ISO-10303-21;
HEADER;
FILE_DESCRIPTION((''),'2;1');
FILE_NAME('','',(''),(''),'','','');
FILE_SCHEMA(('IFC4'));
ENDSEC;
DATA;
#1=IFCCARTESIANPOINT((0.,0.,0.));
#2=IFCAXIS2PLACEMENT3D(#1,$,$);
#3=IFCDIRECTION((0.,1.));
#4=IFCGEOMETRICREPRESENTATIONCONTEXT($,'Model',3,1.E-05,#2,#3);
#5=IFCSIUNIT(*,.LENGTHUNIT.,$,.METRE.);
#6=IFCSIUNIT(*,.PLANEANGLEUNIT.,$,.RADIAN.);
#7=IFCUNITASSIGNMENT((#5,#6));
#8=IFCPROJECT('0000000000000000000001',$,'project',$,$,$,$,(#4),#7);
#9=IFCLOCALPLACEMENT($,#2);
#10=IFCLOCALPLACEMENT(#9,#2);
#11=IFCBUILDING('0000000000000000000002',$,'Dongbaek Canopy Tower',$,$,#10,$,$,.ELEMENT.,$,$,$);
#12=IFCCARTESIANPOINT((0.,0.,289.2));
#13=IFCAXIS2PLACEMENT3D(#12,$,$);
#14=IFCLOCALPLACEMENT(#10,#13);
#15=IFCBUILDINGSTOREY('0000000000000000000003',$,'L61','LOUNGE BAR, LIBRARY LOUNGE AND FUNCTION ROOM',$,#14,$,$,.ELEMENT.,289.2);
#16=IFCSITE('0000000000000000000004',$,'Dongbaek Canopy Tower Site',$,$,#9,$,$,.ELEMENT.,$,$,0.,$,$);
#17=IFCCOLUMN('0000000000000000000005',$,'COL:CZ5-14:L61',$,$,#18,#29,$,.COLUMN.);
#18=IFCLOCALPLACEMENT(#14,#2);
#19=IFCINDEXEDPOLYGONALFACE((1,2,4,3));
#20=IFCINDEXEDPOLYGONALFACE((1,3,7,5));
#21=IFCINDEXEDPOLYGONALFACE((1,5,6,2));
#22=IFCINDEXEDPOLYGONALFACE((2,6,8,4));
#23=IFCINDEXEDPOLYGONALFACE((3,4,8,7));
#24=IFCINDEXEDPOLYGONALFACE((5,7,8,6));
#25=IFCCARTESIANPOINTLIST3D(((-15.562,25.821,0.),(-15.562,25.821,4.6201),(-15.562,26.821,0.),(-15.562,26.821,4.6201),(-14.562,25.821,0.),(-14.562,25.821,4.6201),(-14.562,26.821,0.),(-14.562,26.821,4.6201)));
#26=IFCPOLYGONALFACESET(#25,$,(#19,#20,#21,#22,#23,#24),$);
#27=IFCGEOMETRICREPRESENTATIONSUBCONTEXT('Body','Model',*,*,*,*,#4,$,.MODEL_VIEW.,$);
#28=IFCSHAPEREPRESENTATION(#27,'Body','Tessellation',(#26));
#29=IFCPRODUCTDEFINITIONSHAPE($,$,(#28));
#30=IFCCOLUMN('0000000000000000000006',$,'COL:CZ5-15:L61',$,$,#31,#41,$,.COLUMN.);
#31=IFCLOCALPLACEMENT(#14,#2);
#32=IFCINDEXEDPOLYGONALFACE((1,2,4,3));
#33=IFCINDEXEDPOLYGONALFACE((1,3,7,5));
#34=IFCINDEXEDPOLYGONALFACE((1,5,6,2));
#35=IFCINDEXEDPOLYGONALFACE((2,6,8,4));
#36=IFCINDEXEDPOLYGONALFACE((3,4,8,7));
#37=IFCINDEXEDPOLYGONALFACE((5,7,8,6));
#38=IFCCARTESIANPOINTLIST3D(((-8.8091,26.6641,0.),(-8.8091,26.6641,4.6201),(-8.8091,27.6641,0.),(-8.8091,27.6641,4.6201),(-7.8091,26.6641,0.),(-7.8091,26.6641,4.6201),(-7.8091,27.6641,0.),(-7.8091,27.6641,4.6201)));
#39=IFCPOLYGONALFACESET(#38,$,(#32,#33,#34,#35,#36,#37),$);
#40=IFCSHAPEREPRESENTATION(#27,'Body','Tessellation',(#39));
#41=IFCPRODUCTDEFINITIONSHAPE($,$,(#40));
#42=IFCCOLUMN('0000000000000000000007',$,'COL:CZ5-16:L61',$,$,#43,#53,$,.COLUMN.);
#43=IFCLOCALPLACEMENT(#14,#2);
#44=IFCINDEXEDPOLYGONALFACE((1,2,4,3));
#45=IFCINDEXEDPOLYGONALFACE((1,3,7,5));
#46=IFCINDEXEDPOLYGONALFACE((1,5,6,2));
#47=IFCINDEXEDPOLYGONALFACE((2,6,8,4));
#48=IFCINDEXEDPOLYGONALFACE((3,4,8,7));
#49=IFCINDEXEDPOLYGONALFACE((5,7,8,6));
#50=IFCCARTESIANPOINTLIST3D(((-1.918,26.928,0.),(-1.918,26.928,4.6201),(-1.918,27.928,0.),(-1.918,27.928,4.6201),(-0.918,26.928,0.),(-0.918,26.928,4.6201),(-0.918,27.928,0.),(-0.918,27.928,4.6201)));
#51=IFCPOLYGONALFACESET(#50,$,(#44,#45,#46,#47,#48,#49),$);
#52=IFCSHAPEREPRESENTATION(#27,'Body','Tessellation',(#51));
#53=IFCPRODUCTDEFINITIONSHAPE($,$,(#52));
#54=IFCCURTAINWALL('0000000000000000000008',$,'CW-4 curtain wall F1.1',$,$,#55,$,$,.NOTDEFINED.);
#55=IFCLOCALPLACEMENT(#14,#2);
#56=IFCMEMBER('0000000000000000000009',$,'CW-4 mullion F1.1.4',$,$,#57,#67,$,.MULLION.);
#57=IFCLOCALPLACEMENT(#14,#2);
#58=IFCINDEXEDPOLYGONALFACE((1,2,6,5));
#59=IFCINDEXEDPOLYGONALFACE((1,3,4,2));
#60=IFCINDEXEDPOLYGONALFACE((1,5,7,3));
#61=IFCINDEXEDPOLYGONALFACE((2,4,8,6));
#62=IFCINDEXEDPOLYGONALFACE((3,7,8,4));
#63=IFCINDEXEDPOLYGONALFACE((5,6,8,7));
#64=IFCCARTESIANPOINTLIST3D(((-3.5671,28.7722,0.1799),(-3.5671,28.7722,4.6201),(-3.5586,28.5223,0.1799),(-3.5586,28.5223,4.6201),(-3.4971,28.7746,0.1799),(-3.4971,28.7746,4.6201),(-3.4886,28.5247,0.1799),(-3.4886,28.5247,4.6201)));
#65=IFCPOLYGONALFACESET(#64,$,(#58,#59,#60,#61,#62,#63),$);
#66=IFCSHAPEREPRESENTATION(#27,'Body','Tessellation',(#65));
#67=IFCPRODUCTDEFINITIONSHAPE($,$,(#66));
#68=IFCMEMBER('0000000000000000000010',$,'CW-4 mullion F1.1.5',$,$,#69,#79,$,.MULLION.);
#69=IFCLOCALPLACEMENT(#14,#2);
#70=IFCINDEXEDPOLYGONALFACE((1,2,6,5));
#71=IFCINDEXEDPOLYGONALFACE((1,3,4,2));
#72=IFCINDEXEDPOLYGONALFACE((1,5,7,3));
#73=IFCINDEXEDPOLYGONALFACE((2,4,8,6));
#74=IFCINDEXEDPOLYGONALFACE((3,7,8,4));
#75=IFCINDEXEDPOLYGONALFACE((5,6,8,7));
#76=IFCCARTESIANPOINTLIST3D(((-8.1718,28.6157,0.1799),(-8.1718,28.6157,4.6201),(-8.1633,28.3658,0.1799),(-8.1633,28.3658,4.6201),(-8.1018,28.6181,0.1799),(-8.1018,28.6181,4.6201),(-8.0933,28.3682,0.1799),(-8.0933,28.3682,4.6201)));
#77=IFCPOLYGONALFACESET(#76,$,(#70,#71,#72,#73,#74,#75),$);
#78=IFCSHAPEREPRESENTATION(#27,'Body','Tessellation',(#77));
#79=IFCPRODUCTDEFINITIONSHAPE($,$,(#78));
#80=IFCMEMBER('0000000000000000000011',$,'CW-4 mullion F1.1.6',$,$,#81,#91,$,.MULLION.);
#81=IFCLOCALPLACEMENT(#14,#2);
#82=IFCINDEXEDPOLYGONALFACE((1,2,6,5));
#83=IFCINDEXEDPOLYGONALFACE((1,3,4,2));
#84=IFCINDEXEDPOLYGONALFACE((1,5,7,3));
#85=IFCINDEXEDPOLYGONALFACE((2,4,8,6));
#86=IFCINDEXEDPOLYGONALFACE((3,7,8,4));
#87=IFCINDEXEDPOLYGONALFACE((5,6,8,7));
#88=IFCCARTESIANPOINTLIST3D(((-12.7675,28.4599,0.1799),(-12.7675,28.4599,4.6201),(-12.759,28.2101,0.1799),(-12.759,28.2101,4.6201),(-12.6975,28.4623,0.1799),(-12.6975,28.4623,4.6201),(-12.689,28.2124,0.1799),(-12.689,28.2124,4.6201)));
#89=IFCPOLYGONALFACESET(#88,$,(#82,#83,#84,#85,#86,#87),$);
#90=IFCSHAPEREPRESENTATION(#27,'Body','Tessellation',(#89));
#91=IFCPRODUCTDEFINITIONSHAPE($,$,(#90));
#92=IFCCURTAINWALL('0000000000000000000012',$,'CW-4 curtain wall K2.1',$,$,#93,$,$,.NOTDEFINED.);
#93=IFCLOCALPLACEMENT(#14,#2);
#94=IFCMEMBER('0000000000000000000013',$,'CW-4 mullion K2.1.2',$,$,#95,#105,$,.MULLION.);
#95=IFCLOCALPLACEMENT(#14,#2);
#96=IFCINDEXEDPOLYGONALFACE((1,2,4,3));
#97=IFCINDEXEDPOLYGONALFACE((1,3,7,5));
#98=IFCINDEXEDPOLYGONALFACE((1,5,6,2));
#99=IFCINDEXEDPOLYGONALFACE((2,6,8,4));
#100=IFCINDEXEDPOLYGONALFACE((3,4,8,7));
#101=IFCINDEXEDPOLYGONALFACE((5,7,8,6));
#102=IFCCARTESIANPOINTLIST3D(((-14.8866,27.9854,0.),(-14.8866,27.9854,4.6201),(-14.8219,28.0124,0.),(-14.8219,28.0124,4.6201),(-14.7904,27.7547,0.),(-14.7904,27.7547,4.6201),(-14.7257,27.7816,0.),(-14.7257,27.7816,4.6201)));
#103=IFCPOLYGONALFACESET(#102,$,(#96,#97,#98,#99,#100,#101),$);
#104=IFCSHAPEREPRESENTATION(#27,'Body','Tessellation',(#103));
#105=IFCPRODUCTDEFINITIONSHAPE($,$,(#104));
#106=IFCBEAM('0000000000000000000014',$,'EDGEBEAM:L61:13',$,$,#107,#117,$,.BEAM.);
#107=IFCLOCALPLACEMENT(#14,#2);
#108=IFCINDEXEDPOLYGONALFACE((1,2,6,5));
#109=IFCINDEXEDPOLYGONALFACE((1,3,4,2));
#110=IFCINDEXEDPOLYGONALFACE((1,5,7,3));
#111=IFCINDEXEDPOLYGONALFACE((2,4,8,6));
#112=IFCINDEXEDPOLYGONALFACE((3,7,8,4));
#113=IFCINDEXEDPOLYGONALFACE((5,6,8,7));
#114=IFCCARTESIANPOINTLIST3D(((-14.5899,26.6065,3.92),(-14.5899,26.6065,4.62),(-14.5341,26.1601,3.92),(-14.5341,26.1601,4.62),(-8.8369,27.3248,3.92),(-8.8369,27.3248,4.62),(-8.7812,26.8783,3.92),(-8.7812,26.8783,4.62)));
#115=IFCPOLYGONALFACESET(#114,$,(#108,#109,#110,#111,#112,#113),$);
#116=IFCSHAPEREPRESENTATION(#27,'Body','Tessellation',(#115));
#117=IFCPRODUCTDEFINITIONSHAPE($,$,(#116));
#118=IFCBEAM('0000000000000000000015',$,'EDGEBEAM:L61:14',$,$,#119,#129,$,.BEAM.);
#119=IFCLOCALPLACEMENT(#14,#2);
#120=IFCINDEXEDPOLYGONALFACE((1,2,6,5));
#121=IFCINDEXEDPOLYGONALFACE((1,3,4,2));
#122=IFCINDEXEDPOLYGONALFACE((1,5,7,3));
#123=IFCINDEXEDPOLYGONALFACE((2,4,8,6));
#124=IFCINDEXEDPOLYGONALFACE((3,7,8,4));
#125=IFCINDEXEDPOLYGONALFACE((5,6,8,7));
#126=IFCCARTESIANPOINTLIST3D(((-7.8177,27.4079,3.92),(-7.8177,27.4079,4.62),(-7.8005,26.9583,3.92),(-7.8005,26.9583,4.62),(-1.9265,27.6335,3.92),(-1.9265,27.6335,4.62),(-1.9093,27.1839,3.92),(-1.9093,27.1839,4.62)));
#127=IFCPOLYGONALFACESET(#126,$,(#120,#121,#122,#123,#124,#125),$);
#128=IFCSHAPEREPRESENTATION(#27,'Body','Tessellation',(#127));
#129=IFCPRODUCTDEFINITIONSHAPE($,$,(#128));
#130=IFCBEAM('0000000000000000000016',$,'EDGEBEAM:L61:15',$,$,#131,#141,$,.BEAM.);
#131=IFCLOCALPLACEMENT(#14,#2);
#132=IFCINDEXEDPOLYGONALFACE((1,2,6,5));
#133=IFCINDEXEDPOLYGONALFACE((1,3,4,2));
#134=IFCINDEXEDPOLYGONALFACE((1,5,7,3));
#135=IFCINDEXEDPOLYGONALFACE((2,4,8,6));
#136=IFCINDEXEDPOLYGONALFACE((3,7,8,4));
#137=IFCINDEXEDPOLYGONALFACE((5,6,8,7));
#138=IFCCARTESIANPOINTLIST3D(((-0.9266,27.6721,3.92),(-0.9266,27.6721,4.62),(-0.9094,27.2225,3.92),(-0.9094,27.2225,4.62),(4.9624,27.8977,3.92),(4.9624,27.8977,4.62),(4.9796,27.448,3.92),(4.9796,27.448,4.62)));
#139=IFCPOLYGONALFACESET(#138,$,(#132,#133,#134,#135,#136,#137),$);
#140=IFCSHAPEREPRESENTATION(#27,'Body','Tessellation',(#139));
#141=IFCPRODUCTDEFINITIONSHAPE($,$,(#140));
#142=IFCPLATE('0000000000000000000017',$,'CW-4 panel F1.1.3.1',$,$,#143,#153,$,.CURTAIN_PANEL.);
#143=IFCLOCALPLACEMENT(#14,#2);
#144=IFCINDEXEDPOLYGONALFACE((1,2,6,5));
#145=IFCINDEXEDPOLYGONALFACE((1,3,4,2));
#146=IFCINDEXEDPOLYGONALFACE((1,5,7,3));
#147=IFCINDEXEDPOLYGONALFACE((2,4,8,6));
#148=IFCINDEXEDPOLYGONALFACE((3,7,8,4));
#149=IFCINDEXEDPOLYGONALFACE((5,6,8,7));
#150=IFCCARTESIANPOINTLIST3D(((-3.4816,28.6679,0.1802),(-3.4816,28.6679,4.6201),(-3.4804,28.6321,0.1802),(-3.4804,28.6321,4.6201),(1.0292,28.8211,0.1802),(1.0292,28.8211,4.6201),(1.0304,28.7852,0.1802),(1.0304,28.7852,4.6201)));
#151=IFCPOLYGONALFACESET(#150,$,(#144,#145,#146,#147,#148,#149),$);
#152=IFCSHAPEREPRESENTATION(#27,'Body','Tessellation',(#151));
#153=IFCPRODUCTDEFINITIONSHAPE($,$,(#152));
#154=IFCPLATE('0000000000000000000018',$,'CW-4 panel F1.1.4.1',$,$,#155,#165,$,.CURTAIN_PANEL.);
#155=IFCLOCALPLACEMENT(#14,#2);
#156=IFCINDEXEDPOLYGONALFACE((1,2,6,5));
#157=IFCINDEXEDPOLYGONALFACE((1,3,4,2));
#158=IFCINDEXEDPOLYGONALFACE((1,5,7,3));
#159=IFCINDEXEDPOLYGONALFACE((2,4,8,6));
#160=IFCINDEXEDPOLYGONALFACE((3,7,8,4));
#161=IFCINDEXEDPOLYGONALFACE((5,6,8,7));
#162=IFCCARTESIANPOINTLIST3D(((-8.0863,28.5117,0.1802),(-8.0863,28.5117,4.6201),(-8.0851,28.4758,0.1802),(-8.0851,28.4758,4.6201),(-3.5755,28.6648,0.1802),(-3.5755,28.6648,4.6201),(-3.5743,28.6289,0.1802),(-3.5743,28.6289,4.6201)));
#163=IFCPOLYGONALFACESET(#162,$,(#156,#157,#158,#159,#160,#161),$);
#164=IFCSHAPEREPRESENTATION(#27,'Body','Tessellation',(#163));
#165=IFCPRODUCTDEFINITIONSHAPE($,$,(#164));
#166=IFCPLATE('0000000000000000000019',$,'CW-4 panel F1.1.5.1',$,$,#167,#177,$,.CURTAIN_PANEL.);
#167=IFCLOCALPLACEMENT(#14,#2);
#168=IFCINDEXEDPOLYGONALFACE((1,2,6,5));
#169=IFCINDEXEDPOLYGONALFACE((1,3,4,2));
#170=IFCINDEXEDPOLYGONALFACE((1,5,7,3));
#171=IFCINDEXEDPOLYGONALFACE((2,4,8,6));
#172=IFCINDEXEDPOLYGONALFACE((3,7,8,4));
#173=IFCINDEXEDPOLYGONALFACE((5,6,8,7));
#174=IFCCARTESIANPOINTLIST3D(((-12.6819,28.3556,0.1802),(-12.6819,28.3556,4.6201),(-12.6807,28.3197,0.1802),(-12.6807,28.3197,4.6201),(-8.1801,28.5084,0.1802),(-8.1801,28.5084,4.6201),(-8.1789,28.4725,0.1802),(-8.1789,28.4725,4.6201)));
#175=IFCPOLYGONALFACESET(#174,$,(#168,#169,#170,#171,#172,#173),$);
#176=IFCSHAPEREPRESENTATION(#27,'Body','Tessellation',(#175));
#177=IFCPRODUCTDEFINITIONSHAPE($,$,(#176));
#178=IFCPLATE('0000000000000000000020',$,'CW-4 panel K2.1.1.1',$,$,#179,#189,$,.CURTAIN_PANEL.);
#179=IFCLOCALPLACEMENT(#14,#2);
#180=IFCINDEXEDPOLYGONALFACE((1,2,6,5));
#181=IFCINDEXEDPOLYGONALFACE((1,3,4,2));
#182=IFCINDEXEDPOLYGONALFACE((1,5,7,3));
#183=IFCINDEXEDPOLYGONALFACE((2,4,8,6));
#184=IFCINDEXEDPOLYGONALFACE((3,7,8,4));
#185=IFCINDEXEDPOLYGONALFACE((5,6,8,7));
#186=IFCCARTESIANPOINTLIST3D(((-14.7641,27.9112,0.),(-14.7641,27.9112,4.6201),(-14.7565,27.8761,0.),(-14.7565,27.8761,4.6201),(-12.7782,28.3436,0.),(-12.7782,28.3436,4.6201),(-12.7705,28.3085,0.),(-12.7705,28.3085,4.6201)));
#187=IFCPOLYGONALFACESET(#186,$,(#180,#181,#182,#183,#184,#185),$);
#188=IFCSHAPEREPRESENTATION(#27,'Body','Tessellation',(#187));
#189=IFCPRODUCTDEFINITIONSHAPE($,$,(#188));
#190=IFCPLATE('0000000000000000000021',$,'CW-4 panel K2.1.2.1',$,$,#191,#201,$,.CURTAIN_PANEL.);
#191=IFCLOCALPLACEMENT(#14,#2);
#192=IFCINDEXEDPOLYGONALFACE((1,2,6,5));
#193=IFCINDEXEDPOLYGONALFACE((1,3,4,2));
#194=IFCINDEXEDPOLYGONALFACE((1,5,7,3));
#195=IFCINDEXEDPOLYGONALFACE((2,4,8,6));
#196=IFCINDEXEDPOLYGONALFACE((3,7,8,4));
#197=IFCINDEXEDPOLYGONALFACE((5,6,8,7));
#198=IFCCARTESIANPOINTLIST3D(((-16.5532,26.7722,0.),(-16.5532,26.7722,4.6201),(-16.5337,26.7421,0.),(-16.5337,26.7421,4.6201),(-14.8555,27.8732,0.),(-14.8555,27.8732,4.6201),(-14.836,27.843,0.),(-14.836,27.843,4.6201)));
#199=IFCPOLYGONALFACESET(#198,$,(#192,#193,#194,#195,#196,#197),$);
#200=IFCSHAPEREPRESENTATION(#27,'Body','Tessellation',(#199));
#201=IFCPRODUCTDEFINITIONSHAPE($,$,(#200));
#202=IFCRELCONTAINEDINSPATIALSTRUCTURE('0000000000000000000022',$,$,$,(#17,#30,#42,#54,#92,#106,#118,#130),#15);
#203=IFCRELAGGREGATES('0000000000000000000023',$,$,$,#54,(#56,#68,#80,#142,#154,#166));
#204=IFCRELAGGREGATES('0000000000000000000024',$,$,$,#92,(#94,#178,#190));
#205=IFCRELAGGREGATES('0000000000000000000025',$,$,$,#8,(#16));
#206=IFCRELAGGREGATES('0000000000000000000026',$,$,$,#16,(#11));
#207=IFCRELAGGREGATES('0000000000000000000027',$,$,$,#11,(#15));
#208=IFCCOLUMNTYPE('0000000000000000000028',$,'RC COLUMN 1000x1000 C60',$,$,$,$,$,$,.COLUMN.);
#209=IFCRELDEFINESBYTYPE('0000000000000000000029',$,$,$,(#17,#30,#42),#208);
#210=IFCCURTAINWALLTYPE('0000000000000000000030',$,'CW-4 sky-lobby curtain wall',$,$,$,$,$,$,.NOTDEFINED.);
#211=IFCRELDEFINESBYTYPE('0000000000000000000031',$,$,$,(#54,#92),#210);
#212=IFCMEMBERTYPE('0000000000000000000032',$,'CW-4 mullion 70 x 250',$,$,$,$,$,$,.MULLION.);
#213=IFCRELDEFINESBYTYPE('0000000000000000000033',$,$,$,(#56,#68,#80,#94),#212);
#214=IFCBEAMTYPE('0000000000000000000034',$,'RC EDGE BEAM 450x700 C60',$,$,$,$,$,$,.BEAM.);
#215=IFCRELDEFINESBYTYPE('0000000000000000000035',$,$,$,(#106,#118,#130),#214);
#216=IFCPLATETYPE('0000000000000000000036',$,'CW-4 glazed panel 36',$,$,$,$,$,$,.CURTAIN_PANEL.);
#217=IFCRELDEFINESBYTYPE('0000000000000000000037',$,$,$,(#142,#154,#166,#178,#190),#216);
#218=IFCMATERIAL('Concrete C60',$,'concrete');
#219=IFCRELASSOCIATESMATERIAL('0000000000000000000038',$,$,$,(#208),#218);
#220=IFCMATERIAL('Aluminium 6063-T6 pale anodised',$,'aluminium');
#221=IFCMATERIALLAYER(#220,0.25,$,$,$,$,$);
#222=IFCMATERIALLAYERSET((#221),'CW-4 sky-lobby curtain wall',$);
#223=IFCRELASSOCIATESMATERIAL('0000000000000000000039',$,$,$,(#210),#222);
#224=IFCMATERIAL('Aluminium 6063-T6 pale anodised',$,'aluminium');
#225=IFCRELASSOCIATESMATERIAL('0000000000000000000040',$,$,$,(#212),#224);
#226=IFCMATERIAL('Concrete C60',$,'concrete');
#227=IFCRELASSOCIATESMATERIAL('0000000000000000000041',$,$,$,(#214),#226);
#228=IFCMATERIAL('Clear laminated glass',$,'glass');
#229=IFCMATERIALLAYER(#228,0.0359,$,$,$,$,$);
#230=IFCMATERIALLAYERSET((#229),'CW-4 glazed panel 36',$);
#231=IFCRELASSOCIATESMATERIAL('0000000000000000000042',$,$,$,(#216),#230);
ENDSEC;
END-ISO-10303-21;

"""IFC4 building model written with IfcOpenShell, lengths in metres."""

from ifc_helpers import new_model, si_unit, direction, frame, origin, origin_2d, place, context, subcontext, project, spatial, rectangle, extrude, material, layer, layer_set, material_profile, profile_set, type_object, element, aggregate, save


model = new_model("IFC4")

# Units and contexts
model_context = context("Model", 3, precision=1e-05, world=origin(), true_north=direction((0.0, 1.0)))
body_context = subcontext(model_context, "Body", "Model", "MODEL_VIEW")
ifc_project = project(units=[si_unit("LENGTHUNIT", "METRE"), si_unit("PLANEANGLEUNIT", "RADIAN")], contexts=[model_context])

# Site, building, storey
site_placement = place(None, origin())
site = spatial("IfcSite", under=ifc_project, at=site_placement, Name="Dongbaek Canopy Tower Site", CompositionType="ELEMENT", RefElevation=0.0)
building_placement = place(site_placement, origin())
building = spatial("IfcBuilding", under=site, at=building_placement, Name="Dongbaek Canopy Tower", CompositionType="ELEMENT")
storey_placement = place(building_placement, frame((0.0, 0.0, 289.2)))
storey = spatial("IfcBuildingStorey", under=building, at=storey_placement, Name="L61", Description="LOUNGE BAR, LIBRARY LOUNGE AND FUNCTION ROOM", CompositionType="ELEMENT", Elevation=289.2)

# Columns
ifc_material_1 = material(Name="Concrete C60", Category="concrete")
ifc_material_profile_1 = material_profile(ifc_material_1, rectangle(XDim=1.0, YDim=1.0, at=origin_2d()), Name="RC COLUMN 1000x1000 C60")
ifc_profile_set_1 = profile_set([ifc_material_profile_1], Name="Concrete C60")
column_type = type_object("IfcColumnType", Name="RC COLUMN 1000x1000 C60", PredefinedType="COLUMN", material=ifc_profile_set_1)
for number, where, z_axis, x_axis, name in (
    (1, (-15.062, 26.321, 0.0), (0.0, 0.0, 1.0), (1.0, 0.0, 0.0), "COL:CZ5-14:L61"),
    (2, (-8.3091, 27.1641, 0.0), (0.0, 0.0, 1.0), (1.0, 0.0, 0.0), "COL:CZ5-15:L61"),
    (3, (-1.418, 27.428, 0.0), (0.0, 0.0, 1.0), (1.0, 0.0, 0.0), "COL:CZ5-16:L61"),
):
    element("IfcColumn", number, at=place(storey_placement, frame(where, z_axis=z_axis, x_axis=x_axis)), inside=storey, type_object=column_type, Name=name, PredefinedType="COLUMN", context=body_context, shape_type="SweptSolid", body=[
        extrude(rectangle(XDim=1.0, YDim=1.0, at=origin_2d()), origin(), (0.0, 0.0, 1.0), 4.6201),
    ])

# Curtain wall, members
ifc_material_2 = material(Name="Aluminium 6063-T6 pale anodised", Category="aluminium")
ifc_layer_1 = layer(ifc_material_2, 0.25)
ifc_layer_set_1 = layer_set([ifc_layer_1], Name="CW-4 sky-lobby curtain wall")
curtain_wall_type = type_object("IfcCurtainWallType", Name="CW-4 sky-lobby curtain wall", PredefinedType="NOTDEFINED", material=ifc_layer_set_1)
curtain_wall_1_placement = place(storey_placement, origin())
curtain_wall_1 = element("IfcCurtainWall", 4, at=curtain_wall_1_placement, inside=storey, type_object=curtain_wall_type, Name="CW-4 curtain wall F1.1", PredefinedType="NOTDEFINED")
ifc_material_3 = material(Name="Aluminium 6063-T6 pale anodised", Category="aluminium")
ifc_material_profile_2 = material_profile(ifc_material_3, rectangle(XDim=0.25, YDim=0.0701, at=origin_2d()), Name="CW-4 mullion 70 x 250")
ifc_profile_set_2 = profile_set([ifc_material_profile_2], Name="Aluminium 6063-T6 pale anodised")
member_type = type_object("IfcMemberType", Name="CW-4 mullion 70 x 250", PredefinedType="MULLION", material=ifc_profile_set_2)
member_1_placement = place(storey_placement, frame((-3.5278, 28.6484, 0.1799), z_axis=(0.0, 0.0, 1.0), x_axis=(-0.033923, 0.999424, 0.0)))
member_1 = element("IfcMember", 5, at=member_1_placement, type_object=member_type, Name="CW-4 mullion F1.1.4", PredefinedType="MULLION", context=body_context, shape_type="SweptSolid", body=[
    extrude(rectangle(XDim=0.25, YDim=0.0701, at=origin_2d()), origin(), (0.0, 0.0, 1.0), 4.4402),
])
member_2_placement = place(storey_placement, frame((-8.1326, 28.4919, 0.1799), z_axis=(0.0, 0.0, 1.0), x_axis=(-0.033923, 0.999424, 0.0)))
member_2 = element("IfcMember", 6, at=member_2_placement, type_object=member_type, Name="CW-4 mullion F1.1.5", PredefinedType="MULLION", context=body_context, shape_type="SweptSolid", body=[
    extrude(rectangle(XDim=0.25, YDim=0.0701, at=origin_2d()), origin(), (0.0, 0.0, 1.0), 4.4402),
])
member_3_placement = place(storey_placement, frame((-12.7283, 28.3362, 0.1799), z_axis=(0.0, 0.0, 1.0), x_axis=(-0.033923, 0.999424, 0.0)))
member_3 = element("IfcMember", 7, at=member_3_placement, type_object=member_type, Name="CW-4 mullion F1.1.6", PredefinedType="MULLION", context=body_context, shape_type="SweptSolid", body=[
    extrude(rectangle(XDim=0.25, YDim=0.0701, at=origin_2d()), origin(), (0.0, 0.0, 1.0), 4.4402),
])

# Curtain wall, member
curtain_wall_2_placement = place(storey_placement, origin())
curtain_wall_2 = element("IfcCurtainWall", 8, at=curtain_wall_2_placement, inside=storey, type_object=curtain_wall_type, Name="CW-4 curtain wall K2.1", PredefinedType="NOTDEFINED")
member_4_placement = place(storey_placement, frame((-14.8062, 27.8835, 0.0), z_axis=(0.0, 0.0, 1.0), x_axis=(-0.384679, 0.92305, 0.0)))
member_4 = element("IfcMember", 9, at=member_4_placement, type_object=member_type, Name="CW-4 mullion K2.1.2", PredefinedType="MULLION", context=body_context, shape_type="SweptSolid", body=[
    extrude(rectangle(XDim=0.25, YDim=0.0701, at=origin_2d()), origin(), (0.0, 0.0, 1.0), 4.6201),
])

# Beams
ifc_material_4 = material(Name="Concrete C60", Category="concrete")
ifc_material_profile_3 = material_profile(ifc_material_4, rectangle(XDim=0.45, YDim=0.7, at=origin_2d()), Name="RC EDGE BEAM 450x700 C60")
ifc_profile_set_3 = profile_set([ifc_material_profile_3], Name="Concrete C60")
beam_type = type_object("IfcBeamType", Name="RC EDGE BEAM 450x700 C60", PredefinedType="BEAM", material=ifc_profile_set_3)
beam_1_placement = place(storey_placement, frame((-14.562, 26.3833, 4.27), z_axis=(0.992296, 0.12389, 0.0), x_axis=(-0.12389, 0.992296, 0.0)))
element("IfcBeam", 10, at=beam_1_placement, inside=storey, type_object=beam_type, Name="EDGEBEAM:L61:13", PredefinedType="BEAM", context=body_context, shape_type="SweptSolid", body=[
    extrude(rectangle(XDim=0.45, YDim=0.7, at=origin_2d()), origin(), (0.0, 0.0, 1.0), 5.7976),
])
beam_2_placement = place(storey_placement, frame((-7.8091, 27.1831, 4.27), z_axis=(0.999268, 0.038265, 0.0), x_axis=(-0.038265, 0.999268, 0.0)))
element("IfcBeam", 11, at=beam_2_placement, inside=storey, type_object=beam_type, Name="EDGEBEAM:L61:14", PredefinedType="BEAM", context=body_context, shape_type="SweptSolid", body=[
    extrude(rectangle(XDim=0.45, YDim=0.7, at=origin_2d()), origin(), (0.0, 0.0, 1.0), 5.8955),
])
beam_3_placement = place(storey_placement, frame((-0.918, 27.4473, 4.27), z_axis=(0.999267, 0.038279, 0.0), x_axis=(-0.038279, 0.999267, 0.0)))
element("IfcBeam", 12, at=beam_3_placement, inside=storey, type_object=beam_type, Name="EDGEBEAM:L61:15", PredefinedType="BEAM", context=body_context, shape_type="SweptSolid", body=[
    extrude(rectangle(XDim=0.45, YDim=0.7, at=origin_2d()), origin(), (0.0, 0.0, 1.0), 5.8933),
])

# Plates
ifc_material_5 = material(Name="Clear laminated glass", Category="glass")
ifc_layer_2 = layer(ifc_material_5, 0.0359)
ifc_layer_set_2 = layer_set([ifc_layer_2], Name="CW-4 glazed panel 36")
plate_type = type_object("IfcPlateType", Name="CW-4 glazed panel 36", PredefinedType="CURTAIN_PANEL", material=ifc_layer_set_2)
plate_1_placement = place(storey_placement, frame((-1.2256, 28.7266, 0.1802), z_axis=(0.0, 0.0, 1.0), x_axis=(-0.999424, -0.033923, 0.0)))
plate_1 = element("IfcPlate", 13, at=plate_1_placement, type_object=plate_type, Name="CW-4 panel F1.1.3.1", PredefinedType="CURTAIN_PANEL", context=body_context, shape_type="SweptSolid", body=[
    extrude(rectangle(XDim=4.5134, YDim=0.0359, at=origin_2d()), origin(), (0.0, 0.0, 1.0), 4.4399),
])
plate_2_placement = place(storey_placement, frame((-5.8303, 28.5703, 0.1802), z_axis=(0.0, 0.0, 1.0), x_axis=(-0.999424, -0.033923, 0.0)))
plate_2 = element("IfcPlate", 14, at=plate_2_placement, type_object=plate_type, Name="CW-4 panel F1.1.4.1", PredefinedType="CURTAIN_PANEL", context=body_context, shape_type="SweptSolid", body=[
    extrude(rectangle(XDim=4.5134, YDim=0.0359, at=origin_2d()), origin(), (0.0, 0.0, 1.0), 4.4399),
])
plate_3_placement = place(storey_placement, frame((-10.4304, 28.4141, 0.1802), z_axis=(0.0, 0.0, 1.0), x_axis=(-0.999424, -0.033923, 0.0)))
plate_3 = element("IfcPlate", 15, at=plate_3_placement, type_object=plate_type, Name="CW-4 panel F1.1.5.1", PredefinedType="CURTAIN_PANEL", context=body_context, shape_type="SweptSolid", body=[
    extrude(rectangle(XDim=4.5044, YDim=0.0359, at=origin_2d()), origin(), (0.0, 0.0, 1.0), 4.4399),
])
aggregate(curtain_wall_1, [member_1, member_2, member_3, plate_1, plate_2, plate_3])
plate_4_placement = place(storey_placement, frame((-13.7673, 28.1099, 0.0), z_axis=(0.0, 0.0, 1.0), x_axis=(-0.977105, -0.212756, 0.0)))
plate_4 = element("IfcPlate", 16, at=plate_4_placement, type_object=plate_type, Name="CW-4 panel K2.1.1.1", PredefinedType="CURTAIN_PANEL", context=body_context, shape_type="SweptSolid", body=[
    extrude(rectangle(XDim=2.0325, YDim=0.0359, at=origin_2d()), origin(), (0.0, 0.0, 1.0), 4.6201),
])
plate_5_placement = place(storey_placement, frame((-15.6946, 27.3076, 0.0), z_axis=(0.0, 0.0, 1.0), x_axis=(-0.839015, -0.544108, 0.0)))
plate_5 = element("IfcPlate", 17, at=plate_5_placement, type_object=plate_type, Name="CW-4 panel K2.1.2.1", PredefinedType="CURTAIN_PANEL", context=body_context, shape_type="SweptSolid", body=[
    extrude(rectangle(XDim=2.0234, YDim=0.0359, at=origin_2d()), origin(), (0.0, 0.0, 1.0), 4.6201),
])

aggregate(curtain_wall_2, [member_4, plate_4, plate_5])

save(model, "model.ifc")
